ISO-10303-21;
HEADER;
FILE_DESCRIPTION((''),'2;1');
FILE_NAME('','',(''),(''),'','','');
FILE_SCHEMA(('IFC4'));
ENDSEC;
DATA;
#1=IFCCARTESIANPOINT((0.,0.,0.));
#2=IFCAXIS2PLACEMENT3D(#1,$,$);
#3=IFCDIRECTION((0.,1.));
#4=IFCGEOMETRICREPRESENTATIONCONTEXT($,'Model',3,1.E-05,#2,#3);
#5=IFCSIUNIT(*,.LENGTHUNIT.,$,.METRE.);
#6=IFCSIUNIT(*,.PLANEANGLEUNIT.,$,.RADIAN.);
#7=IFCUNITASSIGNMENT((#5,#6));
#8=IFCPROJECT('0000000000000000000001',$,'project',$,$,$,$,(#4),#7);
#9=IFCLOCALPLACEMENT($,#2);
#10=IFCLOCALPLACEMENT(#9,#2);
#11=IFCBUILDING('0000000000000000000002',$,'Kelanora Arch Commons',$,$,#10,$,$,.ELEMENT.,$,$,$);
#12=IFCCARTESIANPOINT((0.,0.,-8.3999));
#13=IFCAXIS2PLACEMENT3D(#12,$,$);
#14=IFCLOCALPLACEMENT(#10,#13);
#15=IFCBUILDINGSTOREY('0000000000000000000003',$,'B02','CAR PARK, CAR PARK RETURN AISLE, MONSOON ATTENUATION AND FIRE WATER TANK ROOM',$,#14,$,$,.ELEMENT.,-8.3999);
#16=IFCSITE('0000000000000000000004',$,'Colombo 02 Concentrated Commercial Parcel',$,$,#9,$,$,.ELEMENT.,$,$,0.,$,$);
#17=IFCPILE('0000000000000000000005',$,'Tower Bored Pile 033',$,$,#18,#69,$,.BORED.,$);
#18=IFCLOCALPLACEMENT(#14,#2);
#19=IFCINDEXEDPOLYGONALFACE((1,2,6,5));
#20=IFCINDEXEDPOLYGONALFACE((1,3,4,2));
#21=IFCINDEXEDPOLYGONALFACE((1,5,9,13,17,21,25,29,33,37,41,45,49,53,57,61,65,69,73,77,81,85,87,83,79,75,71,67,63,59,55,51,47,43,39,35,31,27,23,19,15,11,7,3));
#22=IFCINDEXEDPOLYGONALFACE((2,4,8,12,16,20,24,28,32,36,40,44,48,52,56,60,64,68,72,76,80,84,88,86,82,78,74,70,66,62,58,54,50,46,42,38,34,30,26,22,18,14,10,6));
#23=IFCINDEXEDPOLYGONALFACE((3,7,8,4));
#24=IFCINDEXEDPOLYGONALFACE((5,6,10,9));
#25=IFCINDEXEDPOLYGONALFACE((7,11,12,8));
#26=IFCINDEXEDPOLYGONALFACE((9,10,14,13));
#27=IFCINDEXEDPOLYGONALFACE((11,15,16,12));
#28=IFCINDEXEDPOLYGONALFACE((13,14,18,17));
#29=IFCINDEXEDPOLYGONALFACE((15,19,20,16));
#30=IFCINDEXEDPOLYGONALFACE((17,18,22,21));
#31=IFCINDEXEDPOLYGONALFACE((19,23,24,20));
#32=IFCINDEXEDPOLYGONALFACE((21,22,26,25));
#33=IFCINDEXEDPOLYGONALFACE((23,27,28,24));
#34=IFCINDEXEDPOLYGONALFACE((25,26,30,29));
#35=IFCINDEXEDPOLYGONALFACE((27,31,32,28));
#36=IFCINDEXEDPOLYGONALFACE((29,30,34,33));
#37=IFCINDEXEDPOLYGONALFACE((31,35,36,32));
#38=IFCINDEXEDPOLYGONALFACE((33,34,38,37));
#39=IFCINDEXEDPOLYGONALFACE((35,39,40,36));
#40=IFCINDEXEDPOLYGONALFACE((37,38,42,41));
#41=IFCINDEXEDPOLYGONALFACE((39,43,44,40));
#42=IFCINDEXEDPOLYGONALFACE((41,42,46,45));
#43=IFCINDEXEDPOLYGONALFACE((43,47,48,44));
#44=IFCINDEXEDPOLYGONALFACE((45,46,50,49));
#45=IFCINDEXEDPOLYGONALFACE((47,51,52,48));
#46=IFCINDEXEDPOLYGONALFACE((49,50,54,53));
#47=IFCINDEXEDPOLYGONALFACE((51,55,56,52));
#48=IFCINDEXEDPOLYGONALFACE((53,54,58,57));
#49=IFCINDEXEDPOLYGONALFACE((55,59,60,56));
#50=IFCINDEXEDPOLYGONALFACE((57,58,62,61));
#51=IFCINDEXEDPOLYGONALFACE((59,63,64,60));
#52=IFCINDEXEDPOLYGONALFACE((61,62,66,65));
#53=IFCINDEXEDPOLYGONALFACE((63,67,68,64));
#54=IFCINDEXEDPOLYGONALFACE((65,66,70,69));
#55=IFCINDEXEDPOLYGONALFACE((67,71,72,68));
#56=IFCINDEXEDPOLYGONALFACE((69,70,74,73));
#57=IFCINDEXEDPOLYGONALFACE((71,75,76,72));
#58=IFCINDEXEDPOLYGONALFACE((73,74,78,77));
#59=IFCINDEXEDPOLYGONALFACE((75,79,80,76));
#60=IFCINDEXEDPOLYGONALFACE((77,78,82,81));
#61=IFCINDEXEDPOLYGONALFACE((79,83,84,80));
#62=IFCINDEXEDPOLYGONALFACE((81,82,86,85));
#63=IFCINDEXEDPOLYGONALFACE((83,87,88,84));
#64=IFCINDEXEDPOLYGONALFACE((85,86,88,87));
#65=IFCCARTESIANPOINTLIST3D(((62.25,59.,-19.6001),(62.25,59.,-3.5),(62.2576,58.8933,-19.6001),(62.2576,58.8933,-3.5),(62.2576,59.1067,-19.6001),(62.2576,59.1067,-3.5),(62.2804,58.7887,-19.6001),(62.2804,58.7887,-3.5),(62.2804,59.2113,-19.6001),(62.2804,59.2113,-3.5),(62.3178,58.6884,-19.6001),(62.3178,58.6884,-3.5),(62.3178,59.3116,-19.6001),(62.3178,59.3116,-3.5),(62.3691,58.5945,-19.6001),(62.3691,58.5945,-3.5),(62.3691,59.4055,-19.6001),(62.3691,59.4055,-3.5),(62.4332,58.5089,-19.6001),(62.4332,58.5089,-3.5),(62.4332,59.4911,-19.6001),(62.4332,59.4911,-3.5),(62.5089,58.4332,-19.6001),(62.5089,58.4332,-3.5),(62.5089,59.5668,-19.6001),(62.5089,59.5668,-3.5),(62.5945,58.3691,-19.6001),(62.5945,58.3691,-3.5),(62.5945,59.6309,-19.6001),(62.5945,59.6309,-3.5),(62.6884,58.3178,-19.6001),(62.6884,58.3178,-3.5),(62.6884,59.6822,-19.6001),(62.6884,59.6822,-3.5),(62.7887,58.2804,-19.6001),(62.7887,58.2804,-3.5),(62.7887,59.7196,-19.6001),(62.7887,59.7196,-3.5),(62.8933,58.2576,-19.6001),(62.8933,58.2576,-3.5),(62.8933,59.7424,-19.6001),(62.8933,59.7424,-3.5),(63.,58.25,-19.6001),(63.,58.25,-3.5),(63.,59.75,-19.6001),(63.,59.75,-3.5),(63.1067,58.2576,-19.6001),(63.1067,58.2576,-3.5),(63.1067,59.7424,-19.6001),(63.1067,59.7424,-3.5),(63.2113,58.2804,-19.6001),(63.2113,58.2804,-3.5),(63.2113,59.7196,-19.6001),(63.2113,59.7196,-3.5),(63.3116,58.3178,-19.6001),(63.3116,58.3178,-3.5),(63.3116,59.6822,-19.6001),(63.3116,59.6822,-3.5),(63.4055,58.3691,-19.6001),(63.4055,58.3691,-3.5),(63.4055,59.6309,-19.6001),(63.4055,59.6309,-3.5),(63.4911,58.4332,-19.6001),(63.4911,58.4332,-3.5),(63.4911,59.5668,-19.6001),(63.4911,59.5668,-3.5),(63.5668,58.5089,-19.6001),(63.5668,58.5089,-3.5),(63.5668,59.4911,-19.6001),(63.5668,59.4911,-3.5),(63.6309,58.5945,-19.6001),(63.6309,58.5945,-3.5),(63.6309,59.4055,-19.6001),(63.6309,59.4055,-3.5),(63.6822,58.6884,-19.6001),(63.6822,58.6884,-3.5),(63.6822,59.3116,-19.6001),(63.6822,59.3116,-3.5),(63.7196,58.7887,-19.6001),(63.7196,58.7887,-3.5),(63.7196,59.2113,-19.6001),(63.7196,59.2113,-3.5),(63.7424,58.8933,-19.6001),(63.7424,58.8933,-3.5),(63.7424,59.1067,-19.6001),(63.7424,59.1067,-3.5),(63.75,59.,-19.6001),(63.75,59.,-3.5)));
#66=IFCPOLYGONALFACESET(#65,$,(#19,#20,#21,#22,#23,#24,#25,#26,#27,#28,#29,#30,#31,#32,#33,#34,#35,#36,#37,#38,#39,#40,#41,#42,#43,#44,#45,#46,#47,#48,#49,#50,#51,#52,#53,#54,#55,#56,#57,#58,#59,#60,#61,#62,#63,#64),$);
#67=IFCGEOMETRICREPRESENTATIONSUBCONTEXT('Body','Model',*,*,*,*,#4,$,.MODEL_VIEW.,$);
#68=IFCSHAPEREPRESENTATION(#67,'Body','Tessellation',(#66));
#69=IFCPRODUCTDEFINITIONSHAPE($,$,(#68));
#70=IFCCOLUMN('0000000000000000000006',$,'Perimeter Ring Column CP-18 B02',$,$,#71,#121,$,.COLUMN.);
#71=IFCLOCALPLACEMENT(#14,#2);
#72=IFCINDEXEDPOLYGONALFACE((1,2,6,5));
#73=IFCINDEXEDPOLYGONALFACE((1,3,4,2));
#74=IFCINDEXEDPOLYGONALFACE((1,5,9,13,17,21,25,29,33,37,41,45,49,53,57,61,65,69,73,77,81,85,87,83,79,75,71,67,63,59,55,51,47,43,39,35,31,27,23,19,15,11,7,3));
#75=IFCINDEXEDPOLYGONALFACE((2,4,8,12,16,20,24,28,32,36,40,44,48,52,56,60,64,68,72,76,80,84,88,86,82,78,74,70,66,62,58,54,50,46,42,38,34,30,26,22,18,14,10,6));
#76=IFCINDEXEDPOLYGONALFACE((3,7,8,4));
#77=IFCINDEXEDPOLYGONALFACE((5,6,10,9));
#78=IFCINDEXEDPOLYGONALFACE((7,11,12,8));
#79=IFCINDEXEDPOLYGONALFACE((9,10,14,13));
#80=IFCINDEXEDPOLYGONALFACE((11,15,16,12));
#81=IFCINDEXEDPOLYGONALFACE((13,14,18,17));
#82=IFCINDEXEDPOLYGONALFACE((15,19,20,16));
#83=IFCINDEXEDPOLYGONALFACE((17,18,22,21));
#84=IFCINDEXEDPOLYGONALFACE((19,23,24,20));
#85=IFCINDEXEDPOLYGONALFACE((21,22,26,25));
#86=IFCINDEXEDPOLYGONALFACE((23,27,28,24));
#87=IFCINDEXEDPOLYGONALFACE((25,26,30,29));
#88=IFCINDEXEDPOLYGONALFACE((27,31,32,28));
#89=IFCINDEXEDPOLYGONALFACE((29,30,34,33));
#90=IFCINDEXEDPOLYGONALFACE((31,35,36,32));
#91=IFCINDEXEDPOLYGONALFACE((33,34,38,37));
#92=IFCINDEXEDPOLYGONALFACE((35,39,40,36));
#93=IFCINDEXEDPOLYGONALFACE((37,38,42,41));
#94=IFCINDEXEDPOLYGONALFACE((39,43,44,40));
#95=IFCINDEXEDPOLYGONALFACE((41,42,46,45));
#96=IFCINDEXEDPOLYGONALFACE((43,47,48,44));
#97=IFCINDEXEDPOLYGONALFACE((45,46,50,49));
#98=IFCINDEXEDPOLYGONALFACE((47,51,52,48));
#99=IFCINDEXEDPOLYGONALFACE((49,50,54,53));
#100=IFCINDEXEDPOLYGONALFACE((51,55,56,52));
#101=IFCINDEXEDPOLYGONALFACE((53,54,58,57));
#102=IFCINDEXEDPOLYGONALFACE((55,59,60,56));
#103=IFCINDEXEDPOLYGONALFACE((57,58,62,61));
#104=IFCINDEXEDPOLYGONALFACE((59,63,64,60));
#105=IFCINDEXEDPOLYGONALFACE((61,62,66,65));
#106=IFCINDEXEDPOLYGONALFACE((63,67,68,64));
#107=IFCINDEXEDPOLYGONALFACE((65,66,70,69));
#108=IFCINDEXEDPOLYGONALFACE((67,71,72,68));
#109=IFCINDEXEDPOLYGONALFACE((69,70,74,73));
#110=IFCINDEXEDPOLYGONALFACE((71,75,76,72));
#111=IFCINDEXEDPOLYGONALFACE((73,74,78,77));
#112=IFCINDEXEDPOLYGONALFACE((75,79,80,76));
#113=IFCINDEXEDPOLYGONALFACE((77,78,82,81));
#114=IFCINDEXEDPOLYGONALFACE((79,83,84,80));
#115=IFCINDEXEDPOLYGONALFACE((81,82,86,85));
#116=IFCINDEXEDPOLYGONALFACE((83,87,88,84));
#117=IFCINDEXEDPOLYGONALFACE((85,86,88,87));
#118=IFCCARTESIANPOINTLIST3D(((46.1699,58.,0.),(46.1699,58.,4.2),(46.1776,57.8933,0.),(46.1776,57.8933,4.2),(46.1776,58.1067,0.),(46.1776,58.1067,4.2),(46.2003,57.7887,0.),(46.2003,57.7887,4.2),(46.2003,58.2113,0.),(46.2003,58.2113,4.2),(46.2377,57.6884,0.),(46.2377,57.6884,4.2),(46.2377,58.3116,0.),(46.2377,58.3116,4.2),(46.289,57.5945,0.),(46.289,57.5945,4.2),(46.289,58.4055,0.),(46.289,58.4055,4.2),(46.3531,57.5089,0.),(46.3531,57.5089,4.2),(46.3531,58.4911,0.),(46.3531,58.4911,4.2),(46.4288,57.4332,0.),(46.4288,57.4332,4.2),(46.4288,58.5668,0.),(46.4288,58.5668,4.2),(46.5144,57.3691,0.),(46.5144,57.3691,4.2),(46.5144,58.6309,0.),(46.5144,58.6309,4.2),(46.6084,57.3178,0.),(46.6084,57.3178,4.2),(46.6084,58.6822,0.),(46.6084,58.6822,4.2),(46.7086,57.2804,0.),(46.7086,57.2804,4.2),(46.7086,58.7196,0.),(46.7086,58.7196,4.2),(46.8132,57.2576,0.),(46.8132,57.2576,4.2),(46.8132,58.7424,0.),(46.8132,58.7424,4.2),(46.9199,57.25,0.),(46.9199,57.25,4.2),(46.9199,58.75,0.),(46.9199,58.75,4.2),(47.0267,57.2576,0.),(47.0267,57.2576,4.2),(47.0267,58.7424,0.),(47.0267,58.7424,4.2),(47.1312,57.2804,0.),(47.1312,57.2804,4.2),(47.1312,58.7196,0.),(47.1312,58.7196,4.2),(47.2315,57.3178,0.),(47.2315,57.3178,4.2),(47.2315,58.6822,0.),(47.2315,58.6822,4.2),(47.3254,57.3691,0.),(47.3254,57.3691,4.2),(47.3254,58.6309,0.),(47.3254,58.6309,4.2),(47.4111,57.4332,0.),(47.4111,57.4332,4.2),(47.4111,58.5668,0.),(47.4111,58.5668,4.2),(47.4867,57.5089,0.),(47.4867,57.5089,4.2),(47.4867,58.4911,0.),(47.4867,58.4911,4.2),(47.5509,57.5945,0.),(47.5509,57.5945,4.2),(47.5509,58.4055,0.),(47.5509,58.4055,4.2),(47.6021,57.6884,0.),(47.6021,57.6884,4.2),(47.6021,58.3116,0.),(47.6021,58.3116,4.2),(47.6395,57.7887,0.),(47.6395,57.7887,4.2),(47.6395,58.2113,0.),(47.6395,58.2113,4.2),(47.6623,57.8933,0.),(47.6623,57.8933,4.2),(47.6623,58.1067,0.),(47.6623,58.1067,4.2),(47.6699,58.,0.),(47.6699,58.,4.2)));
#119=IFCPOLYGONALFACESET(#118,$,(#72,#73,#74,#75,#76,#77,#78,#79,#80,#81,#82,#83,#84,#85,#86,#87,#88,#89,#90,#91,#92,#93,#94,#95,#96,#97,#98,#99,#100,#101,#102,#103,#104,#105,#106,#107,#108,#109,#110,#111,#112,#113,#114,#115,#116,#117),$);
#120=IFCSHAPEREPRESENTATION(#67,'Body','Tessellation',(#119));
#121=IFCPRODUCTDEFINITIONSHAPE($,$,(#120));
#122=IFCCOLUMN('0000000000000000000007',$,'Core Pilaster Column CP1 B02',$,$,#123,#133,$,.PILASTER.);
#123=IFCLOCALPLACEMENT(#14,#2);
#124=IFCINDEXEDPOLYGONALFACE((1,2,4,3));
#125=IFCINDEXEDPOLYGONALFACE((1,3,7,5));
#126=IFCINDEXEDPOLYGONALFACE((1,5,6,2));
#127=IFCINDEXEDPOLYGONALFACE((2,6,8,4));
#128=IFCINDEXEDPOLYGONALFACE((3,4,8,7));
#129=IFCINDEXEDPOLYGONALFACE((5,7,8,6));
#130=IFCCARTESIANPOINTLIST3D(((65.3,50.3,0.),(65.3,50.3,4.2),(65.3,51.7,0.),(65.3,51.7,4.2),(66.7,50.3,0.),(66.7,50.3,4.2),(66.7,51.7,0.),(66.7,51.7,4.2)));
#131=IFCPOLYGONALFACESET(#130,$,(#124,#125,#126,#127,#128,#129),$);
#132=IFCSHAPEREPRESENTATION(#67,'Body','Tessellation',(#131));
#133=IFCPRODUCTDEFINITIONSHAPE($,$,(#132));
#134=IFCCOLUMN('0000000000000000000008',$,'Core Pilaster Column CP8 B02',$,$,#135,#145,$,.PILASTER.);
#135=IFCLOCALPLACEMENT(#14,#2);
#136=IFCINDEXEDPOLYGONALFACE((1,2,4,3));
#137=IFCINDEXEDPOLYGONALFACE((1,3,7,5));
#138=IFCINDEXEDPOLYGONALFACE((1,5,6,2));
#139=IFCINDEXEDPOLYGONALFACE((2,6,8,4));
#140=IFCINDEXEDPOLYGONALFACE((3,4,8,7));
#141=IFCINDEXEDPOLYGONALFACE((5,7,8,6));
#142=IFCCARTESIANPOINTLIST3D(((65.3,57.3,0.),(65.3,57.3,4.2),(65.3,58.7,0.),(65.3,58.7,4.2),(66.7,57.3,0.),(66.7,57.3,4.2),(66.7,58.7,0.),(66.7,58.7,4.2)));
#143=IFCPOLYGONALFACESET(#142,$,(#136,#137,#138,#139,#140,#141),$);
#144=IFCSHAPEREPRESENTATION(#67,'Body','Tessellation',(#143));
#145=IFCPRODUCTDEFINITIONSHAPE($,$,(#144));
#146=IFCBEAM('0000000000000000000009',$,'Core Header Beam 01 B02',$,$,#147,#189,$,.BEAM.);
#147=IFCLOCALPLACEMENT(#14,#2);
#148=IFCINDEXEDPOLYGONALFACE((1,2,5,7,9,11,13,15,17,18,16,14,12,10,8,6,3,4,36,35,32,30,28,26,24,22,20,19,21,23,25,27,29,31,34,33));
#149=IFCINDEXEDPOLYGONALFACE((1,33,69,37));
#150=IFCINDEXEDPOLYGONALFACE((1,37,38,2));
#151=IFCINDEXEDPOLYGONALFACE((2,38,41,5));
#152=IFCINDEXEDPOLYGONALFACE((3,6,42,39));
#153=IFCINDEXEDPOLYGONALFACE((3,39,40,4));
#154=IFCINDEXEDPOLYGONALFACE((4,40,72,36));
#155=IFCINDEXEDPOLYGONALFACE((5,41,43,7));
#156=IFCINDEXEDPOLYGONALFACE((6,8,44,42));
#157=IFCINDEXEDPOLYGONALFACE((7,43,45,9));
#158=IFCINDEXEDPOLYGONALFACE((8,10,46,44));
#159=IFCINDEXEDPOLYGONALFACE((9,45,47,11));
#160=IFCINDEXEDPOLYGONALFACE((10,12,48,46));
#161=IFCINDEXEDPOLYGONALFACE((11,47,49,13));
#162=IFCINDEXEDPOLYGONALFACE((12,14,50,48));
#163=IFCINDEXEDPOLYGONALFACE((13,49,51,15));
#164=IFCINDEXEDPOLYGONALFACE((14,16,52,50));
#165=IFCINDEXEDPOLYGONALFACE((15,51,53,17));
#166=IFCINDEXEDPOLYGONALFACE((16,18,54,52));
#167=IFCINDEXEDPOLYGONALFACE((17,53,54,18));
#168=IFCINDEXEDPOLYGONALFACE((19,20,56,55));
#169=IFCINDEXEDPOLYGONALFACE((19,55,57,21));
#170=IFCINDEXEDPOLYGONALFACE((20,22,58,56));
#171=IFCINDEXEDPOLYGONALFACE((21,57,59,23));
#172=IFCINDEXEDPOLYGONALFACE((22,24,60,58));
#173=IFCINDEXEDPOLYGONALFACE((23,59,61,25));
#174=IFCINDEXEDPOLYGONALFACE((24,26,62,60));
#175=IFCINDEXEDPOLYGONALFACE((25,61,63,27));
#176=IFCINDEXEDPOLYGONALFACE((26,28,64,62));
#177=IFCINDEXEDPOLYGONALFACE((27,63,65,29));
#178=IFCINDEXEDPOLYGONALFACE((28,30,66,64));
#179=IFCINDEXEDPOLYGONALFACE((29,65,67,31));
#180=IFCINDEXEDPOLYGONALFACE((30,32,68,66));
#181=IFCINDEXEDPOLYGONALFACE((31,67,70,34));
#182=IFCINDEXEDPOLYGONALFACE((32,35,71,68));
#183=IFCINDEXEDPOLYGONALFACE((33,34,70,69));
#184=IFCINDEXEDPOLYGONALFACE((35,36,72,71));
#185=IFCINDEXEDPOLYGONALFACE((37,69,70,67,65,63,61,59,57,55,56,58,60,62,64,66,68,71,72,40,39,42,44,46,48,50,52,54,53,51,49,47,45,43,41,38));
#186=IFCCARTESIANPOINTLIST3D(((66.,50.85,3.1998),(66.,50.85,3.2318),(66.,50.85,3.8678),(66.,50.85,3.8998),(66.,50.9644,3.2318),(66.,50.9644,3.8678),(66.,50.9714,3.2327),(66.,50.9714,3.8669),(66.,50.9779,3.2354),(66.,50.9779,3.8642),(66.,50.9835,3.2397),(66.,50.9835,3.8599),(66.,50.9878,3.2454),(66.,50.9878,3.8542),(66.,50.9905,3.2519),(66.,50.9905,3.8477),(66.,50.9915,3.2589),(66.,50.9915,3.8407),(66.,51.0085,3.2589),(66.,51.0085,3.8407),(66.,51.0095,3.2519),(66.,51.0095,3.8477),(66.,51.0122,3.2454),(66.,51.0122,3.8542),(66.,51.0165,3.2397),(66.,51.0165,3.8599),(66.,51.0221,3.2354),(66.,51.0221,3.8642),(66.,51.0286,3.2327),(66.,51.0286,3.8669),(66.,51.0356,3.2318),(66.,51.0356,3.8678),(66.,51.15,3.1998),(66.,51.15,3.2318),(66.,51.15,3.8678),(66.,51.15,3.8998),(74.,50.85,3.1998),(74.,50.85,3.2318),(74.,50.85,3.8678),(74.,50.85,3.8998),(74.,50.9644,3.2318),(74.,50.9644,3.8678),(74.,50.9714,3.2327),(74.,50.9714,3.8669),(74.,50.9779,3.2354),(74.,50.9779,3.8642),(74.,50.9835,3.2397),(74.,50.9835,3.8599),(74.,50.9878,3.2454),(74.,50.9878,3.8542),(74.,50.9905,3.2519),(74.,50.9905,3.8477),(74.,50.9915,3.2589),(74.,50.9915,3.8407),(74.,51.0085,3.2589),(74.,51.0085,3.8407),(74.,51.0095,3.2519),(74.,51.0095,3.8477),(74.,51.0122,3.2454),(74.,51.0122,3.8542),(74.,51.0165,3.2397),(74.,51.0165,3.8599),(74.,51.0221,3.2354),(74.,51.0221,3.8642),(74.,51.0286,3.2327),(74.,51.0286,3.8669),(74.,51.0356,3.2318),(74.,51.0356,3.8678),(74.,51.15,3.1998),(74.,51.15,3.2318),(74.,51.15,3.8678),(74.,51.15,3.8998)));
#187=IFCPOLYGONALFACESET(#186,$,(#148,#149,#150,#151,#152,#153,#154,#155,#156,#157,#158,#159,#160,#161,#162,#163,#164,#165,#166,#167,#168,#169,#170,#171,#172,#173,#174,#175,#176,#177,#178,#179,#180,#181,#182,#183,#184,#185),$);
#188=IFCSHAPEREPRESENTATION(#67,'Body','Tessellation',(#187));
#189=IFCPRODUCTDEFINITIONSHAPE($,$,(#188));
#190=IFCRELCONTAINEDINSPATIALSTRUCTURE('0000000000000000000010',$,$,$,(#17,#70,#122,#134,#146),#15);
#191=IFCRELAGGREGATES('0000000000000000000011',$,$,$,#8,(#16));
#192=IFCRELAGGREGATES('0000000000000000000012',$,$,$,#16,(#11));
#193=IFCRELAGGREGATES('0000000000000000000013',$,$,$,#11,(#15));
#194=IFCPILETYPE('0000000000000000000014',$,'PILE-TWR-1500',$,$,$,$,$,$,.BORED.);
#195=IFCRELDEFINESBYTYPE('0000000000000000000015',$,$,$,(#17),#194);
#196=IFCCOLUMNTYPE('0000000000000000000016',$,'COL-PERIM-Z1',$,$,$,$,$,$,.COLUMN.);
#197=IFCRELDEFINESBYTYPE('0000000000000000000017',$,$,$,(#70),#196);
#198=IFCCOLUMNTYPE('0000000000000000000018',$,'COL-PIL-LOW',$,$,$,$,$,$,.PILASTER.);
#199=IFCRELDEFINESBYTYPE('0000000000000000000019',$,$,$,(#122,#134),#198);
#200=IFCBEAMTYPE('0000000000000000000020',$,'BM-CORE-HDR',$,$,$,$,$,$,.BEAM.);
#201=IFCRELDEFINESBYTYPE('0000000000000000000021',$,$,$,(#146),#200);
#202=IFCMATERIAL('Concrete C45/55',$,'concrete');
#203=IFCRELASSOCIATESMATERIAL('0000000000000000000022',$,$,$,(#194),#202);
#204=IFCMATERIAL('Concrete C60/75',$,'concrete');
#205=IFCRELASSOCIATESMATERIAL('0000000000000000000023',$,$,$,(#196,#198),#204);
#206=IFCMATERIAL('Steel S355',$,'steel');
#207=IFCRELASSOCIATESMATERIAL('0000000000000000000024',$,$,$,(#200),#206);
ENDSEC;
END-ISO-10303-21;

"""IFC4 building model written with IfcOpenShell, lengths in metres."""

from ifc_helpers import new_model, si_unit, direction, frame, origin, origin_2d, place, context, subcontext, project, spatial, rectangle, circle, i_section, extrude, source, transform, mapped, material, material_profile, profile_set, type_object, element, save


model = new_model("IFC4")

# Units and contexts
model_context = context("Model", 3, precision=1e-05, world=origin(), true_north=direction((0.0, 1.0)))
body_context = subcontext(model_context, "Body", "Model", "MODEL_VIEW")
ifc_project = project(units=[si_unit("LENGTHUNIT", "METRE"), si_unit("PLANEANGLEUNIT", "RADIAN")], contexts=[model_context])

# Site, building, storey
site_placement = place(None, origin())
site = spatial("IfcSite", under=ifc_project, at=site_placement, Name="Colombo 02 Concentrated Commercial Parcel", CompositionType="ELEMENT", RefElevation=0.0)
building_placement = place(site_placement, origin())
building = spatial("IfcBuilding", under=site, at=building_placement, Name="Kelanora Arch Commons", CompositionType="ELEMENT")
storey_placement = place(building_placement, frame((0.0, 0.0, -8.3999)))
storey = spatial("IfcBuildingStorey", under=building, at=storey_placement, Name="B02", Description="CAR PARK, CAR PARK RETURN AISLE, MONSOON ATTENUATION AND FIRE WATER TANK ROOM", CompositionType="ELEMENT", Elevation=-8.3999)

# Pile
ifc_material_1 = material(Name="Concrete C45/55", Category="concrete")
ifc_material_profile_1 = material_profile(ifc_material_1, circle(Radius=0.75, at=origin_2d()), Name="PILE1500")
ifc_profile_set_1 = profile_set([ifc_material_profile_1], Name="Concrete C45/55")
pile_type = type_object("IfcPileType", Name="PILE-TWR-1500", PredefinedType="BORED", material=ifc_profile_set_1)
shared_shape = source(origin(), body_context, "Body", "SweptSolid", [
    extrude(circle(Radius=0.75, at=origin_2d()), origin(), (0.0, 0.0, 1.0), 16.1001),
])
for number, where, z_axis, x_axis, name in (
    (1, (63.0, 59.0, -3.5), (0.0, 0.0, -1.0), (1.0, 0.0, 0.0), "Tower Bored Pile 033"),
):
    element("IfcPile", number, at=place(storey_placement, frame(where, z_axis=z_axis, x_axis=x_axis)), inside=storey, type_object=pile_type, Name=name, PredefinedType="BORED", context=body_context, shape_type="MappedRepresentation", body=[
        mapped(shared_shape, transform((0.0, 0.0, 0.0), scale=1.0)),
    ])

# Columns
ifc_material_2 = material(Name="Concrete C60/75", Category="concrete")
ifc_material_profile_2 = material_profile(ifc_material_2, circle(Radius=0.75, at=origin_2d()), Name="RCC1500")
ifc_profile_set_2 = profile_set([ifc_material_profile_2], Name="Concrete C60/75")
column_type_1 = type_object("IfcColumnType", Name="COL-PERIM-Z1", PredefinedType="COLUMN", material=ifc_profile_set_2)
column_placement = place(storey_placement, frame((46.9199, 58.0, 0.0), z_axis=(0.0, 0.0, 1.0), x_axis=(1.0, 0.0, 0.0)))
element("IfcColumn", 2, at=column_placement, inside=storey, type_object=column_type_1, Name="Perimeter Ring Column CP-18 B02", PredefinedType="COLUMN", context=body_context, shape_type="SweptSolid", body=[
    extrude(circle(Radius=0.75, at=origin_2d()), origin(), (0.0, 0.0, 1.0), 4.2),
])
ifc_material_profile_3 = material_profile(ifc_material_2, rectangle(XDim=1.3999, YDim=1.3999, at=origin_2d()), Name="RC1400x1400")
ifc_profile_set_3 = profile_set([ifc_material_profile_3], Name="Concrete C60/75")
column_type_2 = type_object("IfcColumnType", Name="COL-PIL-LOW", PredefinedType="PILASTER", material=ifc_profile_set_3)
for number, where, z_axis, x_axis, name in (
    (3, (66.0, 51.0, 0.0), (0.0, 0.0, 1.0), (1.0, 0.0, 0.0), "Core Pilaster Column CP1 B02"),
    (4, (66.0, 58.0, 0.0), (0.0, 0.0, 1.0), (1.0, 0.0, 0.0), "Core Pilaster Column CP8 B02"),
):
    element("IfcColumn", number, at=place(storey_placement, frame(where, z_axis=z_axis, x_axis=x_axis)), inside=storey, type_object=column_type_2, Name=name, PredefinedType="PILASTER", context=body_context, shape_type="SweptSolid", body=[
        extrude(rectangle(XDim=1.3999, YDim=1.3999, at=origin_2d()), origin(), (0.0, 0.0, 1.0), 4.2),
    ])

# Beam
ifc_material_3 = material(Name="Steel S355", Category="steel")
ifc_material_profile_4 = material_profile(ifc_material_3, i_section(OverallWidth=0.3, OverallDepth=0.7, WebThickness=0.0171, FlangeThickness=0.032, FilletRadius=0.0271, at=origin_2d()), Name="HEB700")
ifc_profile_set_4 = profile_set([ifc_material_profile_4], Name="Steel S355")
beam_type_1 = type_object("IfcBeamType", Name="BM-CORE-HDR", PredefinedType="BEAM", material=ifc_profile_set_4)
beam_1_placement = place(storey_placement, frame((66.0, 51.0, 3.5498), z_axis=(1.0, 0.0, 0.0), x_axis=(0.0, 1.0, 0.0)))
element("IfcBeam", 5, at=beam_1_placement, inside=storey, type_object=beam_type_1, Name="Core Header Beam 01 B02", PredefinedType="BEAM", context=body_context, shape_type="SweptSolid", body=[
    extrude(i_section(OverallWidth=0.3, OverallDepth=0.7, WebThickness=0.0171, FlangeThickness=0.032, FilletRadius=0.0271, at=origin_2d()), origin(), (0.0, 0.0, 1.0), 8.0),
])

save(model, "model.ifc")
